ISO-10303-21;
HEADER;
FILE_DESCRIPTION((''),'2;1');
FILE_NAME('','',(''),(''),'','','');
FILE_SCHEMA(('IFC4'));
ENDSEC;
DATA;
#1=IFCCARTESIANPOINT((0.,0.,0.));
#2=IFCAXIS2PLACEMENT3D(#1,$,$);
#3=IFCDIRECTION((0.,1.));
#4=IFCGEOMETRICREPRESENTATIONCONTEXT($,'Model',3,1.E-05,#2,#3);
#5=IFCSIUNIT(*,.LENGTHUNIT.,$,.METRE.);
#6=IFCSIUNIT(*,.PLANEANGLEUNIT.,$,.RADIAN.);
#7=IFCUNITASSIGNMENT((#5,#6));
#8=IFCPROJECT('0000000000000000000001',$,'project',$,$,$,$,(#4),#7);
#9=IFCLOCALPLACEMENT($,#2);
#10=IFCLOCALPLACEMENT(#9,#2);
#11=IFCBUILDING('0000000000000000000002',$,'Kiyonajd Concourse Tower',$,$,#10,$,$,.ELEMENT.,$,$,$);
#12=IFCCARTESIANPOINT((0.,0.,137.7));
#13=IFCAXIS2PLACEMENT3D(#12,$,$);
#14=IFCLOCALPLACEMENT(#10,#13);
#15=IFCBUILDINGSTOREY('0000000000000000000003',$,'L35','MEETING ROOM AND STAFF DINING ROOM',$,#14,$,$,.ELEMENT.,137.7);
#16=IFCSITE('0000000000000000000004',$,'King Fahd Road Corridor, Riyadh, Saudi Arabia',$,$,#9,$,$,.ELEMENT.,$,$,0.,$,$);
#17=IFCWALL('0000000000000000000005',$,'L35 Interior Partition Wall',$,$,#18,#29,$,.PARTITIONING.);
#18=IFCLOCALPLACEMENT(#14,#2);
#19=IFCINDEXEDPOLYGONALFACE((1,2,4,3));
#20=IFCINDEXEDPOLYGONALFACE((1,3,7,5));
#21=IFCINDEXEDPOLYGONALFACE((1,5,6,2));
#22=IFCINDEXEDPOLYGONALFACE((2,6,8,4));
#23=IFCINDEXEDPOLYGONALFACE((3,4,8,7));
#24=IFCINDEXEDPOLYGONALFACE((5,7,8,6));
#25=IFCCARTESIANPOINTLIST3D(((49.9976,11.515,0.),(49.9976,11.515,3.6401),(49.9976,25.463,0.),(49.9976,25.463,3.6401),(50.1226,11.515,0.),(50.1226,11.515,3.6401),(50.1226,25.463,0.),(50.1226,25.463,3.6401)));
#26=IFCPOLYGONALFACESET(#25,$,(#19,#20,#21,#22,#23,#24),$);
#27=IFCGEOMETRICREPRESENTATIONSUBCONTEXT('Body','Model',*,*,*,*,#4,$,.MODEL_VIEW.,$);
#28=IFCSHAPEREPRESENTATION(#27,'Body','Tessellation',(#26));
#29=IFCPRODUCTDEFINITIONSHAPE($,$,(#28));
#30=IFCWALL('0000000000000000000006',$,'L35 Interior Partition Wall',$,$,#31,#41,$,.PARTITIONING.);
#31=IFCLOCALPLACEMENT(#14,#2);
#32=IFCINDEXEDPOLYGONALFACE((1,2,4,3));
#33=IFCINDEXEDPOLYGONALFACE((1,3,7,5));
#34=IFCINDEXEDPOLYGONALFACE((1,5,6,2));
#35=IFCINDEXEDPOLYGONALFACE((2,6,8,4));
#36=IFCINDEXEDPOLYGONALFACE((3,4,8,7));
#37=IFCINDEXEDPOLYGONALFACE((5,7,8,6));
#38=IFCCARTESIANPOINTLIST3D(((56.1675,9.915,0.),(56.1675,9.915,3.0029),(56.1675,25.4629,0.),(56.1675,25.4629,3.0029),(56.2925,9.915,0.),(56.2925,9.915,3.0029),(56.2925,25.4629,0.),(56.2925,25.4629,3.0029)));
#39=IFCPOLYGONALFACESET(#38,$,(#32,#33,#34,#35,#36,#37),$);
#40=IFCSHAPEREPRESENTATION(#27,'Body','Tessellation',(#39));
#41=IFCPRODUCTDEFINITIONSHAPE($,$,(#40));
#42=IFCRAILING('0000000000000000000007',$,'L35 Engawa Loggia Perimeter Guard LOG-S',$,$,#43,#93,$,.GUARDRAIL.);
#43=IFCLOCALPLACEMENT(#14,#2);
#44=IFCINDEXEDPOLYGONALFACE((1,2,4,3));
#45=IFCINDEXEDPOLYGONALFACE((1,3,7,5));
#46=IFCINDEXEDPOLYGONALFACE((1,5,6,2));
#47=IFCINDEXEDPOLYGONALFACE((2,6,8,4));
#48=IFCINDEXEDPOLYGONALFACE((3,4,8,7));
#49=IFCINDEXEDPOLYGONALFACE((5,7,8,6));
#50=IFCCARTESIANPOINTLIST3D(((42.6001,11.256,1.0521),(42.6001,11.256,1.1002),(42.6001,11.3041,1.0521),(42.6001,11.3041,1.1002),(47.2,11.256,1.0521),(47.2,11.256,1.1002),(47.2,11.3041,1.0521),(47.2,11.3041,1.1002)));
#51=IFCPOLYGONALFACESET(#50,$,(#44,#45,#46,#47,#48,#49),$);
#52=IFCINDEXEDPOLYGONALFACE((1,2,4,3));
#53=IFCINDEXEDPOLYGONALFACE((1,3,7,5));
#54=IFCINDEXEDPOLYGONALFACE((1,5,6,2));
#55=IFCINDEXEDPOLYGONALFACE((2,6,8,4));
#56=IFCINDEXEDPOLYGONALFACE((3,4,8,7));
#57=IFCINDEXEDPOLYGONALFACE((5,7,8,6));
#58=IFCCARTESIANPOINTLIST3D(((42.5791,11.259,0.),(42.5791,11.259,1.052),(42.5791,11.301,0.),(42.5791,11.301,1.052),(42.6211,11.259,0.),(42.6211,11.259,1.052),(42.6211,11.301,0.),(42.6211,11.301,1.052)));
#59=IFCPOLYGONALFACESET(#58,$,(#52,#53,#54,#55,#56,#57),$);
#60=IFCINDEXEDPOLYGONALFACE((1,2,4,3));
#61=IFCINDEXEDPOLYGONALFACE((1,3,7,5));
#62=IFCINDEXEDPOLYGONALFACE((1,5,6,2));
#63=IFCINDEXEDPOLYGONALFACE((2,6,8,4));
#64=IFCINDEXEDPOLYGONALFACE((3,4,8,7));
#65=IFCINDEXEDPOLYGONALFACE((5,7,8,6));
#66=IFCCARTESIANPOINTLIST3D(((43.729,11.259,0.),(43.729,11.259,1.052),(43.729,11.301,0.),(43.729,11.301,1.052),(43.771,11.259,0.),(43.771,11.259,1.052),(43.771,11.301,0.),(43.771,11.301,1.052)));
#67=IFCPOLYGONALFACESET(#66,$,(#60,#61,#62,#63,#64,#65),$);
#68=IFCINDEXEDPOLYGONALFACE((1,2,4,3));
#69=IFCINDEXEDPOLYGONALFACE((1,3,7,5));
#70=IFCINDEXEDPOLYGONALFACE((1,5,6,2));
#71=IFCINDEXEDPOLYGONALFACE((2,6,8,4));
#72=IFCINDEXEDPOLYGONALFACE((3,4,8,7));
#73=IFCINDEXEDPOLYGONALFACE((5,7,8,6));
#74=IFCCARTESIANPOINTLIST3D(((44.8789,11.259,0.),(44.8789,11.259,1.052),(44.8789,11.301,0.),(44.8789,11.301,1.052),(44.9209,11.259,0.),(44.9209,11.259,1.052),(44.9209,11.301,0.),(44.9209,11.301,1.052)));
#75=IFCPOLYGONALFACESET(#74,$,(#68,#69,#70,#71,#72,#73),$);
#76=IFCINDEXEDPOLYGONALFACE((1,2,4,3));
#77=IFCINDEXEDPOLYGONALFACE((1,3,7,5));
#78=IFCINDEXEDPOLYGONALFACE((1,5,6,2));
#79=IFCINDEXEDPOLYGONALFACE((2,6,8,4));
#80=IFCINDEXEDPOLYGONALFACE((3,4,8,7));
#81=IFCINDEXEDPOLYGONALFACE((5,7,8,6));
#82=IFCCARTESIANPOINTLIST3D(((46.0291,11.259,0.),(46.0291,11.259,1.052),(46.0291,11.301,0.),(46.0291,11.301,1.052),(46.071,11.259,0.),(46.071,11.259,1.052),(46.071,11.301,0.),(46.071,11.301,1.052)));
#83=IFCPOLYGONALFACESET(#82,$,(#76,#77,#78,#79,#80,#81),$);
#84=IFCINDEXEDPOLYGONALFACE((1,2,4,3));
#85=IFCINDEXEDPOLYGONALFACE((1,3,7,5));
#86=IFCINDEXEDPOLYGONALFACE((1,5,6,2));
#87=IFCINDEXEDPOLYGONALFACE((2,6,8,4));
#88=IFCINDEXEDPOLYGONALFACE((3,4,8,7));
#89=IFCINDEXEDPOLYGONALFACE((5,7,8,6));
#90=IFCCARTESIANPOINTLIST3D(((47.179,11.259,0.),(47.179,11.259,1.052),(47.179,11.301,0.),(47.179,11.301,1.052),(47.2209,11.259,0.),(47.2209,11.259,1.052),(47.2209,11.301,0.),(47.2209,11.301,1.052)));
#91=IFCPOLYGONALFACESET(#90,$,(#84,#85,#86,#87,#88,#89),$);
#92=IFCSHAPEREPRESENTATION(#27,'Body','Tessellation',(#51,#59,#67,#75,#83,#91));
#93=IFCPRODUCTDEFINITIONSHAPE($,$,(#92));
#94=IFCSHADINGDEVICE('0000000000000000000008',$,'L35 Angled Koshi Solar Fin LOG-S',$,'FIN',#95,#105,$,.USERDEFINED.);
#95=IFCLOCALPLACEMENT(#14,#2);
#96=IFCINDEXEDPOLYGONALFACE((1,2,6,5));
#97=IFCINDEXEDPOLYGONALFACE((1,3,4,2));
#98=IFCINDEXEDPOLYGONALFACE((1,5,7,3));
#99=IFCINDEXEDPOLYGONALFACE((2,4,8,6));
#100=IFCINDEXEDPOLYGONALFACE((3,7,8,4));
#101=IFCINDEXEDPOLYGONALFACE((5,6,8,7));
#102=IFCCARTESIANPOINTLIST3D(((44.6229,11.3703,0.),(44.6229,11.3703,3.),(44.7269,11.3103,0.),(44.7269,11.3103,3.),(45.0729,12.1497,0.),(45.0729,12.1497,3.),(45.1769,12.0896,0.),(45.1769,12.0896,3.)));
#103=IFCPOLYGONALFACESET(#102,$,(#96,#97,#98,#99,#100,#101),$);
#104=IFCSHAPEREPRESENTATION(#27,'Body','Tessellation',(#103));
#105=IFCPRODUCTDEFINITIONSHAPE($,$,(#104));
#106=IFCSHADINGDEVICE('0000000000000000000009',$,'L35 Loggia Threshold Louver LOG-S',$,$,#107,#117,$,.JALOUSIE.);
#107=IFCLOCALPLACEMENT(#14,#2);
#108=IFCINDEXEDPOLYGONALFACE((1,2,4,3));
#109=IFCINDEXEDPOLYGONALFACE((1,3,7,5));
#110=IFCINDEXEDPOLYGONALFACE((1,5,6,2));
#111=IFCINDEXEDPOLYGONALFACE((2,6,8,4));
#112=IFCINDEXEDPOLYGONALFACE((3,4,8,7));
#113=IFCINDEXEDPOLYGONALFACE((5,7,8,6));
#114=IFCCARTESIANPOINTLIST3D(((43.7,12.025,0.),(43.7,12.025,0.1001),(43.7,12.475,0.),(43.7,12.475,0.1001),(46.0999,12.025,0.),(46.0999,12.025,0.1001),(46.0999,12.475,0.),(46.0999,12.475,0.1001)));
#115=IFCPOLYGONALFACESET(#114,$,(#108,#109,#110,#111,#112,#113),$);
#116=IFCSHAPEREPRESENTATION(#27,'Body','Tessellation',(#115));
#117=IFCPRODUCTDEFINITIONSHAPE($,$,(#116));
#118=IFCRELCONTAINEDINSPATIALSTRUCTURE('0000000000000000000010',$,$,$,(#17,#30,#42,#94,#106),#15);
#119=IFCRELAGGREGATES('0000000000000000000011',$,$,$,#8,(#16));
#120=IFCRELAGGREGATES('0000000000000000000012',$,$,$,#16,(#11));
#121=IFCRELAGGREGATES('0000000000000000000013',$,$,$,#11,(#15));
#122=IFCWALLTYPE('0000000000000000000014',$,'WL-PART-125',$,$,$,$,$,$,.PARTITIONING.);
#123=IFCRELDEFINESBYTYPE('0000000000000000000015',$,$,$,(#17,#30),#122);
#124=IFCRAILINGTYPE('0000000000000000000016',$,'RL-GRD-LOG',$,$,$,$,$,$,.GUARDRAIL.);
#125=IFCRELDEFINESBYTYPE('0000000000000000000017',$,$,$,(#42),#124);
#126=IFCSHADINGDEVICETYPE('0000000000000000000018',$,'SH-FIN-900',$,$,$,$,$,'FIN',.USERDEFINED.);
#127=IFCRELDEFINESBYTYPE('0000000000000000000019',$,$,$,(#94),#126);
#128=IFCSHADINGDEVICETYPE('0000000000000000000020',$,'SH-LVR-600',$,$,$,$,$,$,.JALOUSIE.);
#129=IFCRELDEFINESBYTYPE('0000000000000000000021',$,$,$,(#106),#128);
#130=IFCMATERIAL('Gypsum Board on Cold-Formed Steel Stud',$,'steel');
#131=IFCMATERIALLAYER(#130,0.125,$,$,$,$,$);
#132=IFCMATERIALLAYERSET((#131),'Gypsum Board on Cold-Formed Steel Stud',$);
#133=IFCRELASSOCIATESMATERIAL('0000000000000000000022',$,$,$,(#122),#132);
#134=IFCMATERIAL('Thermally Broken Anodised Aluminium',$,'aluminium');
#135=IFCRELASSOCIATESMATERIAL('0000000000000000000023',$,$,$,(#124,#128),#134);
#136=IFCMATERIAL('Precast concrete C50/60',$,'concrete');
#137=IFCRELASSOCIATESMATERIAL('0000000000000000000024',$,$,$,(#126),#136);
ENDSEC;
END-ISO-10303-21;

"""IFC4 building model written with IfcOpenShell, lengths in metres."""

from ifc_helpers import new_model, si_unit, direction, frame, frame_2d, origin, origin_2d, place, context, subcontext, project, spatial, rectangle, extrude, material, layer, layer_set, type_object, element, save


model = new_model("IFC4")

# Units and contexts
model_context = context("Model", 3, precision=1e-05, world=origin(), true_north=direction((0.0, 1.0)))
body_context = subcontext(model_context, "Body", "Model", "MODEL_VIEW")
ifc_project = project(units=[si_unit("LENGTHUNIT", "METRE"), si_unit("PLANEANGLEUNIT", "RADIAN")], contexts=[model_context])

# Site, building, storey
site_placement = place(None, origin())
site = spatial("IfcSite", under=ifc_project, at=site_placement, Name="King Fahd Road Corridor, Riyadh, Saudi Arabia", CompositionType="ELEMENT", RefElevation=0.0)
building_placement = place(site_placement, origin())
building = spatial("IfcBuilding", under=site, at=building_placement, Name="Kiyonajd Concourse Tower", CompositionType="ELEMENT")
storey_placement = place(building_placement, frame((0.0, 0.0, 137.7)))
storey = spatial("IfcBuildingStorey", under=building, at=storey_placement, Name="L35", Description="MEETING ROOM AND STAFF DINING ROOM", CompositionType="ELEMENT", Elevation=137.7)

# Shared definitions
ifc_material_1 = material(Name="Precast concrete C50/60", Category="concrete")

# Shared definitions
ifc_material_2 = material(Name="Thermally Broken Anodised Aluminium", Category="aluminium")

# Walls
ifc_material_3 = material(Name="Gypsum Board on Cold-Formed Steel Stud", Category="steel")
ifc_layer_1 = layer(ifc_material_3, 0.125)
ifc_layer_set_1 = layer_set([ifc_layer_1], Name="Gypsum Board on Cold-Formed Steel Stud")
wall_type_1 = type_object("IfcWallType", Name="WL-PART-125", PredefinedType="PARTITIONING", material=ifc_layer_set_1)
wall_1_placement = place(storey_placement, frame((50.0601, 11.5149, 0.0), z_axis=(0.0, 0.0, 1.0), x_axis=(0.0, 1.0, 0.0)))
element("IfcWall", 1, at=wall_1_placement, inside=storey, type_object=wall_type_1, Name="L35 Interior Partition Wall", PredefinedType="PARTITIONING", context=body_context, shape_type="SweptSolid", body=[
    extrude(rectangle(XDim=13.948, YDim=0.125, at=frame_2d((6.9741, 0.0))), origin(), (0.0, 0.0, 1.0), 3.6401),
])
wall_2_placement = place(storey_placement, frame((56.23, 9.915, 0.0), z_axis=(0.0, 0.0, 1.0), x_axis=(0.0, 1.0, 0.0)))
element("IfcWall", 2, at=wall_2_placement, inside=storey, type_object=wall_type_1, Name="L35 Interior Partition Wall", PredefinedType="PARTITIONING", context=body_context, shape_type="SweptSolid", body=[
    extrude(rectangle(XDim=15.5479, YDim=0.125, at=frame_2d((7.7739, 0.0))), origin(), (0.0, 0.0, 1.0), 3.0029),
])

# Railing
railing_type = type_object("IfcRailingType", Name="RL-GRD-LOG", PredefinedType="GUARDRAIL", material=ifc_material_2)
railing_placement = place(storey_placement, frame((42.6001, 11.28, 0.0)))
element("IfcRailing", 3, at=railing_placement, inside=storey, type_object=railing_type, Name="L35 Engawa Loggia Perimeter Guard LOG-S", PredefinedType="GUARDRAIL", context=body_context, shape_type="SweptSolid", body=[
    extrude(rectangle(XDim=0.0481, YDim=0.0481, at=origin_2d()), frame((0.0, 0.0, 1.0762), z_axis=(1.0, 0.0, 0.0), x_axis=(0.0, 1.0, 0.0)), (0.0, 0.0, 1.0), 4.5999),
    extrude(rectangle(XDim=0.042, YDim=0.042, at=origin_2d()), origin(), (0.0, 0.0, 1.0), 1.052),
    extrude(rectangle(XDim=0.042, YDim=0.042, at=origin_2d()), frame((1.1499, 0.0, 0.0)), (0.0, 0.0, 1.0), 1.052),
    extrude(rectangle(XDim=0.042, YDim=0.042, at=origin_2d()), frame((2.2998, 0.0, 0.0)), (0.0, 0.0, 1.0), 1.052),
    extrude(rectangle(XDim=0.042, YDim=0.042, at=origin_2d()), frame((3.45, 0.0, 0.0)), (0.0, 0.0, 1.0), 1.052),
    extrude(rectangle(XDim=0.042, YDim=0.042, at=origin_2d()), frame((4.5999, 0.0, 0.0)), (0.0, 0.0, 1.0), 1.052),
])

# Shading devices
shading_device_type_1 = type_object("IfcShadingDeviceType", Name="SH-FIN-900", ElementType="FIN", PredefinedType="USERDEFINED", material=ifc_material_1)
shading_device_1_placement = place(storey_placement, frame((44.8999, 11.73, 0.0), z_axis=(0.0, 0.0, 1.0), x_axis=(0.5, 0.866025, 0.0)))
element("IfcShadingDevice", 4, at=shading_device_1_placement, inside=storey, type_object=shading_device_type_1, Name="L35 Angled Koshi Solar Fin LOG-S", ObjectType="FIN", PredefinedType="USERDEFINED", context=body_context, shape_type="SweptSolid", body=[
    extrude(rectangle(XDim=0.8999, YDim=0.1201, at=origin_2d()), origin(), (0.0, 0.0, 1.0), 3.0),
])
shading_device_type_2 = type_object("IfcShadingDeviceType", Name="SH-LVR-600", PredefinedType="JALOUSIE", material=ifc_material_2)
shading_device_2_placement = place(storey_placement, frame((44.8999, 12.25, 0.0), z_axis=(0.0, 0.0, 1.0), x_axis=(1.0, 0.0, 0.0)))
element("IfcShadingDevice", 5, at=shading_device_2_placement, inside=storey, type_object=shading_device_type_2, Name="L35 Loggia Threshold Louver LOG-S", PredefinedType="JALOUSIE", context=body_context, shape_type="SweptSolid", body=[
    extrude(rectangle(XDim=2.3999, YDim=0.45, at=origin_2d()), origin(), (0.0, 0.0, 1.0), 0.1001),
])

save(model, "model.ifc")
